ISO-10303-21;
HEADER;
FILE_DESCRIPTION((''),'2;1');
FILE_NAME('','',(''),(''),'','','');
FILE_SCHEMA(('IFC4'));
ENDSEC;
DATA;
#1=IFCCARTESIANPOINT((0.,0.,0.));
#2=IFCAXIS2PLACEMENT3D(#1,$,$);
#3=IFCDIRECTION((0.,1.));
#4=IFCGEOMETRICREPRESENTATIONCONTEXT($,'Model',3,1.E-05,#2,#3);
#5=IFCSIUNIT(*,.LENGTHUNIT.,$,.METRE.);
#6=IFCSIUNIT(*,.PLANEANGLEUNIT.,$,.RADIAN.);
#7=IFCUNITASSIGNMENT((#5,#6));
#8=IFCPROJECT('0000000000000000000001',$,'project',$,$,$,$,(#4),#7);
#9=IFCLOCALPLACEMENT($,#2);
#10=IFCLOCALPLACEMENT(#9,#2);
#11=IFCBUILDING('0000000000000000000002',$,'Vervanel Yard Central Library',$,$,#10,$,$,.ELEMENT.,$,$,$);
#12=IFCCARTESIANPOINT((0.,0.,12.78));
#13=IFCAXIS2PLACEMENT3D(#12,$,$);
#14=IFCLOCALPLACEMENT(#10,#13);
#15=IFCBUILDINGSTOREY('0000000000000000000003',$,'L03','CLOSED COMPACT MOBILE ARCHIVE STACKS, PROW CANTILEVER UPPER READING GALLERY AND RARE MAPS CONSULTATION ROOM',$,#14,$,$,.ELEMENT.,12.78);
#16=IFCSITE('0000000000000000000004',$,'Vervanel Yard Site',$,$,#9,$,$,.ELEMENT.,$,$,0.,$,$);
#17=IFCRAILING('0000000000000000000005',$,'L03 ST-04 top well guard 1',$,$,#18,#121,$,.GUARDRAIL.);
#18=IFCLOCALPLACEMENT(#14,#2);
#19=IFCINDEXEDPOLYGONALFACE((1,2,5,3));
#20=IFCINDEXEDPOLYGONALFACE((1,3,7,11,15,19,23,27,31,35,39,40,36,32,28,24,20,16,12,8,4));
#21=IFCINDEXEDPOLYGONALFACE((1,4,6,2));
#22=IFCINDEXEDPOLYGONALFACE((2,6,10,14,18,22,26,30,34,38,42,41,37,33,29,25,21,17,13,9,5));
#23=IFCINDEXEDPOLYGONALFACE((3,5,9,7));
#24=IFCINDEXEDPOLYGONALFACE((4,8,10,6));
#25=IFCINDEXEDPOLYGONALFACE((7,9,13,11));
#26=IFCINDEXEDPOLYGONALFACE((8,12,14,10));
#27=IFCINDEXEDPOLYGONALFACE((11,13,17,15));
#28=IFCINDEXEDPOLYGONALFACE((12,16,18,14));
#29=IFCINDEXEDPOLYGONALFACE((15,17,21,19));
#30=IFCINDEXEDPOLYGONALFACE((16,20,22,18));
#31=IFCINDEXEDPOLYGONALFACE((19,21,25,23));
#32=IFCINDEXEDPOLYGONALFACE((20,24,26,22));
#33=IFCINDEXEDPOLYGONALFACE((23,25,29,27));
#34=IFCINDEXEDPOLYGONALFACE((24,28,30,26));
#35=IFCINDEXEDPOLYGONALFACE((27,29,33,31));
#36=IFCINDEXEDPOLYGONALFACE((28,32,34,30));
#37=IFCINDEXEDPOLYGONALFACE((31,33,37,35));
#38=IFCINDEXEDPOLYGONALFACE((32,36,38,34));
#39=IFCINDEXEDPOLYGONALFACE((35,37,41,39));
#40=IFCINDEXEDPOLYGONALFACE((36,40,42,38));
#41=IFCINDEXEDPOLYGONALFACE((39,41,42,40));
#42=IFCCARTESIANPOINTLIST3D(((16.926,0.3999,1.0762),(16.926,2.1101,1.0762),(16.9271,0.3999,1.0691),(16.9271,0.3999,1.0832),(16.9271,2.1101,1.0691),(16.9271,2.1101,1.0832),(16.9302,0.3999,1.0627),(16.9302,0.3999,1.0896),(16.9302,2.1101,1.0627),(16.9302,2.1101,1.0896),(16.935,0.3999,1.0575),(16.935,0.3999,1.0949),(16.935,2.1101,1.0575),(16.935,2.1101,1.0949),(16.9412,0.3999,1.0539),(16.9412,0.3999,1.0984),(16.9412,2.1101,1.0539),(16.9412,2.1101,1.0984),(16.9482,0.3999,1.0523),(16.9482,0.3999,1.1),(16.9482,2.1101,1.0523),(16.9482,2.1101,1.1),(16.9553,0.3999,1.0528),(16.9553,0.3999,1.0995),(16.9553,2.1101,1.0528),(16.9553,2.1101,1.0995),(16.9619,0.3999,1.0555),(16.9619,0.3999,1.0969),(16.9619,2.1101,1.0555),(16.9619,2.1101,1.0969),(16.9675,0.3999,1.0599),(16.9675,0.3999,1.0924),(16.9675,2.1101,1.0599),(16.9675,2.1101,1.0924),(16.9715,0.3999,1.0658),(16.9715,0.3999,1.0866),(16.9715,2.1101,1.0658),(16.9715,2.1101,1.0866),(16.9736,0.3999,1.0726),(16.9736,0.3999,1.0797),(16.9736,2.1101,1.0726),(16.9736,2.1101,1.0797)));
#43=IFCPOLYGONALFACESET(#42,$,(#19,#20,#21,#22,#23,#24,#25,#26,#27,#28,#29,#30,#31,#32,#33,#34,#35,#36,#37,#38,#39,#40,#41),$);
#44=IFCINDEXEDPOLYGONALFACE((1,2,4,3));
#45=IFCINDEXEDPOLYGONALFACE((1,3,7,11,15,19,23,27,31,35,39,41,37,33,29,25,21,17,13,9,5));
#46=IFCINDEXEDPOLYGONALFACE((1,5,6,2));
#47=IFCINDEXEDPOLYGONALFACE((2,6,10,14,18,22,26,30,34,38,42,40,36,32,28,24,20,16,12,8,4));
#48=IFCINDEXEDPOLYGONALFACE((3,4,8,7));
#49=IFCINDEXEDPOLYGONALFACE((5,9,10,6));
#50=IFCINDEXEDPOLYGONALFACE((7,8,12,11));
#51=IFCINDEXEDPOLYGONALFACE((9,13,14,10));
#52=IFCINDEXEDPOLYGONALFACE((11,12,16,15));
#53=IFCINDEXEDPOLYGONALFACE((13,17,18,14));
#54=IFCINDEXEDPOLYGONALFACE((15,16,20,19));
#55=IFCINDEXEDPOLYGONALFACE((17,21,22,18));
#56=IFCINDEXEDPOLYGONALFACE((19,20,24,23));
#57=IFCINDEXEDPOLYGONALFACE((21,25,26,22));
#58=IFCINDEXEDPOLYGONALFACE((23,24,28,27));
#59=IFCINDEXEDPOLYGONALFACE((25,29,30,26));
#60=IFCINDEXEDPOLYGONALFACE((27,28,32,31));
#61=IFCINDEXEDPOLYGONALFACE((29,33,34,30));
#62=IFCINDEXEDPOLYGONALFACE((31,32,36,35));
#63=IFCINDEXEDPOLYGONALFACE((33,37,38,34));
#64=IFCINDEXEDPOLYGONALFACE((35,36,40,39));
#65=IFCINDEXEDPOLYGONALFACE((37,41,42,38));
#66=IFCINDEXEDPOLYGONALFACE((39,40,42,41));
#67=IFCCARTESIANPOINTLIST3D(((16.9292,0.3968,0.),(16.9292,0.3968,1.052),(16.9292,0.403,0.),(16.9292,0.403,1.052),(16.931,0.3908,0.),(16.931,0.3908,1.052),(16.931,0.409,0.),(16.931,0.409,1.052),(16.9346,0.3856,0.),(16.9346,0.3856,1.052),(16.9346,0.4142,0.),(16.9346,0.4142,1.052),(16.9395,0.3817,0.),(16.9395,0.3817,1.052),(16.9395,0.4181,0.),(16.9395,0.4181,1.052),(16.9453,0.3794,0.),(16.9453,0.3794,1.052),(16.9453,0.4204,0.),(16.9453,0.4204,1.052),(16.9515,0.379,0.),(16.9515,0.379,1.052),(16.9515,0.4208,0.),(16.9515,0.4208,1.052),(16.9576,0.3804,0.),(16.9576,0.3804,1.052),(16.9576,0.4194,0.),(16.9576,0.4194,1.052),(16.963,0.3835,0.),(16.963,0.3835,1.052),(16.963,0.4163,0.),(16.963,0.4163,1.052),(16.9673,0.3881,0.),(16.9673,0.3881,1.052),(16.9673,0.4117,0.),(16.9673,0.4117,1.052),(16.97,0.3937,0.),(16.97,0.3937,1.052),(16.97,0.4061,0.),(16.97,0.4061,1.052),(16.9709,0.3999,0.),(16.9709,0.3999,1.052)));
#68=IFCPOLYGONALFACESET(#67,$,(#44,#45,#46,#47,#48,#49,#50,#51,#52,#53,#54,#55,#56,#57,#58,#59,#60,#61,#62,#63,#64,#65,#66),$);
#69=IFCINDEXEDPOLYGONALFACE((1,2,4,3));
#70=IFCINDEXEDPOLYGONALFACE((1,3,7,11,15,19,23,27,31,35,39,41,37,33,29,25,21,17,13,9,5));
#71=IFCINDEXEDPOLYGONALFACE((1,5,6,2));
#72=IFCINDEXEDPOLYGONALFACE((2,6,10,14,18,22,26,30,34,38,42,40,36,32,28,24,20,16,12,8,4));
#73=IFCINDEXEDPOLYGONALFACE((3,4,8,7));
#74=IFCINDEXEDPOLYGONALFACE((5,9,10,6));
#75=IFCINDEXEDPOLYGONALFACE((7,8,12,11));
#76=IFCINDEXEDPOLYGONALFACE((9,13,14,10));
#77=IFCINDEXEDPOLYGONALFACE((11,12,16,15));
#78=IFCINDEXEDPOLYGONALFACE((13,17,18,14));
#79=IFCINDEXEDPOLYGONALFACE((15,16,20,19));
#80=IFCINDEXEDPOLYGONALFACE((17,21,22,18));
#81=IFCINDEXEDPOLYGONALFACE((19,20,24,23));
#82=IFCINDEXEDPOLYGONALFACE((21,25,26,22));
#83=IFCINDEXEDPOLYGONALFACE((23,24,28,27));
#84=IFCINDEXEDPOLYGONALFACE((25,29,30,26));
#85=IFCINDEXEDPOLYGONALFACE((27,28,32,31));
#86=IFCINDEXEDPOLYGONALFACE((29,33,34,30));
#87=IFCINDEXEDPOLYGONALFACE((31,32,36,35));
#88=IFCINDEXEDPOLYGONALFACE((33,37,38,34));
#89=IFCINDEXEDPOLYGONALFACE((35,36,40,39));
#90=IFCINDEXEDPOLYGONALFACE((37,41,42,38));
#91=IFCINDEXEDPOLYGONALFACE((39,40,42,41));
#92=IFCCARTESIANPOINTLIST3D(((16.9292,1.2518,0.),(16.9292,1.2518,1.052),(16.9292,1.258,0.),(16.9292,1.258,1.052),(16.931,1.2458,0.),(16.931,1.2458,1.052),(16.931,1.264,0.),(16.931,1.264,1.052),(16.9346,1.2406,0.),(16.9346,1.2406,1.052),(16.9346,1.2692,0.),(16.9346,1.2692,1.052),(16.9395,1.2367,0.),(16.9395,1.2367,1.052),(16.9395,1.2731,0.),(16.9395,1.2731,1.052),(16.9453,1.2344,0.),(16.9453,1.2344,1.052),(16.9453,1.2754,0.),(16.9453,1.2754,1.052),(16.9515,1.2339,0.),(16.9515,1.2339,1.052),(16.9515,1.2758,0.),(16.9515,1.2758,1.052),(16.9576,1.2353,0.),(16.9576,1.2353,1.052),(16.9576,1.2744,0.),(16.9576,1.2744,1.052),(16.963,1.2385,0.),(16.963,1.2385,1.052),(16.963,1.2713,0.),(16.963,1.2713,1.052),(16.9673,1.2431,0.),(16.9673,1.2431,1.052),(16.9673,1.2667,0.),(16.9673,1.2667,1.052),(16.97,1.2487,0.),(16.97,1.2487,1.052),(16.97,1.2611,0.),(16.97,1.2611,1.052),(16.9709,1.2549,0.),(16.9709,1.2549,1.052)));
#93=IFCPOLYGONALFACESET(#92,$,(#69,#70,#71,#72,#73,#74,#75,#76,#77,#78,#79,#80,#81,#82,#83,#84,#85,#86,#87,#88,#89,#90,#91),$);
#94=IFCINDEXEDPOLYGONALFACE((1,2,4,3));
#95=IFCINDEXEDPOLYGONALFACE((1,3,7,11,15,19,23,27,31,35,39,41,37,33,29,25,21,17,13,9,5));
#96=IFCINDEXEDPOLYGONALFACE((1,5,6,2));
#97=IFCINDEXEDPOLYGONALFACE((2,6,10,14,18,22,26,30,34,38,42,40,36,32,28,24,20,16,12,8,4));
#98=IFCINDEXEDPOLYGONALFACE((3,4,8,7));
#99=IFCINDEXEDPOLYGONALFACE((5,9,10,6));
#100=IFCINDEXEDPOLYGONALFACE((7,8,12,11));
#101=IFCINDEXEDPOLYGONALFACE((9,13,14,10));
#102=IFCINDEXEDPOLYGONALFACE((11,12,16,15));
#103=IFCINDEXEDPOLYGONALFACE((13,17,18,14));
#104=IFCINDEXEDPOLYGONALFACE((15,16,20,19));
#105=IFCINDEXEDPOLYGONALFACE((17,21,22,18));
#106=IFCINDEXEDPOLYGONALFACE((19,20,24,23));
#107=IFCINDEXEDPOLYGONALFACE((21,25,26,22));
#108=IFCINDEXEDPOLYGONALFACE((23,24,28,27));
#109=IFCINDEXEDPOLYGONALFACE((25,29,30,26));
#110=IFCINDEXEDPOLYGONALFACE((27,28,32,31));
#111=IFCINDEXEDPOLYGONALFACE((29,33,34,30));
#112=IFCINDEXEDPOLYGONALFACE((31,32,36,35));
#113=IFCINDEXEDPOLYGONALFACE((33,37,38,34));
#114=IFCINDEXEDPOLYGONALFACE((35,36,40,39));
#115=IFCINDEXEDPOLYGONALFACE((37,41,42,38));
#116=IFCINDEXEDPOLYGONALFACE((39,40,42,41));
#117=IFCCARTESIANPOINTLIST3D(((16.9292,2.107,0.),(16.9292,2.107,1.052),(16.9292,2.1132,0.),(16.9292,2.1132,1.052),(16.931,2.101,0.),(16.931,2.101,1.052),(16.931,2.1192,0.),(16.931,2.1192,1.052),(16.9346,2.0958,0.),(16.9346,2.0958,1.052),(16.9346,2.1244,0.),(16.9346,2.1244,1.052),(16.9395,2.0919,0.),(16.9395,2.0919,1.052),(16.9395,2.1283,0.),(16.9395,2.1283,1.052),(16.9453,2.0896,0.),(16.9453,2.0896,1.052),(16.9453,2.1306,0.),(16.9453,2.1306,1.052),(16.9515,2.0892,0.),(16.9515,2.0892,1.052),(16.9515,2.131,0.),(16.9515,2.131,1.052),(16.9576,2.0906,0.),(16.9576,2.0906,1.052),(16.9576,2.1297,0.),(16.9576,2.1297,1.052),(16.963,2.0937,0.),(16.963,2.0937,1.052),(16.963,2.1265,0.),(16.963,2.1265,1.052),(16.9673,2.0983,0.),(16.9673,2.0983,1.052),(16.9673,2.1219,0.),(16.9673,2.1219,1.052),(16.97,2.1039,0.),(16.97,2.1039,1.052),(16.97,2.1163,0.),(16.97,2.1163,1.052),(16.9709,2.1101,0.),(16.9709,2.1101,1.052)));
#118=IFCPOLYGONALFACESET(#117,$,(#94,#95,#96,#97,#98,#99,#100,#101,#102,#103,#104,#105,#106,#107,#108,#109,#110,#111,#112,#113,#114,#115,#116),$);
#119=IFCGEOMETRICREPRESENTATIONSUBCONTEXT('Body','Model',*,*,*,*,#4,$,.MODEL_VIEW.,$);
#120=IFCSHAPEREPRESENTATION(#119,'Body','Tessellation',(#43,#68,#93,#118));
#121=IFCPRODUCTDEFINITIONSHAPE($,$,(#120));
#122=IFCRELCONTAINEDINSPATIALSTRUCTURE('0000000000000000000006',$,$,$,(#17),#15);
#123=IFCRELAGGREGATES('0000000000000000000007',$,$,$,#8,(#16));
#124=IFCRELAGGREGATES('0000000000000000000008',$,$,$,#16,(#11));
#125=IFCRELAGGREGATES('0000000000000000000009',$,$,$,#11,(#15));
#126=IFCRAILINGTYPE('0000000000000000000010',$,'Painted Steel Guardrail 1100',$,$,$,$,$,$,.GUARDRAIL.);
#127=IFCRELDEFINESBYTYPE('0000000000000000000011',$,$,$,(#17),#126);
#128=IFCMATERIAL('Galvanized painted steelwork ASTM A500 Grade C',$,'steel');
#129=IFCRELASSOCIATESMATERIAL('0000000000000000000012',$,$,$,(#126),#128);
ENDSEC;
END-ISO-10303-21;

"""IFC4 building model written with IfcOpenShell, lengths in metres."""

from ifc_helpers import new_model, si_unit, direction, frame, origin, origin_2d, place, context, subcontext, project, spatial, circle, extrude, material, type_object, element, save


model = new_model("IFC4")

# Units and contexts
model_context = context("Model", 3, precision=1e-05, world=origin(), true_north=direction((0.0, 1.0)))
body_context = subcontext(model_context, "Body", "Model", "MODEL_VIEW")
ifc_project = project(units=[si_unit("LENGTHUNIT", "METRE"), si_unit("PLANEANGLEUNIT", "RADIAN")], contexts=[model_context])

# Site, building, storey
site_placement = place(None, origin())
site = spatial("IfcSite", under=ifc_project, at=site_placement, Name="Vervanel Yard Site", CompositionType="ELEMENT", RefElevation=0.0)
building_placement = place(site_placement, origin())
building = spatial("IfcBuilding", under=site, at=building_placement, Name="Vervanel Yard Central Library", CompositionType="ELEMENT")
storey_placement = place(building_placement, frame((0.0, 0.0, 12.78)))
storey = spatial("IfcBuildingStorey", under=building, at=storey_placement, Name="L03", Description="CLOSED COMPACT MOBILE ARCHIVE STACKS, PROW CANTILEVER UPPER READING GALLERY AND RARE MAPS CONSULTATION ROOM", CompositionType="ELEMENT", Elevation=12.78)

# Shared definitions
ifc_material_1 = material(Name="Galvanized painted steelwork ASTM A500 Grade C", Category="steel")

# Railing
railing_type_1 = type_object("IfcRailingType", Name="Painted Steel Guardrail 1100", PredefinedType="GUARDRAIL", material=ifc_material_1)
railing_1_placement = place(storey_placement, frame((16.95, 0.3999, 0.0)))
element("IfcRailing", 1, at=railing_1_placement, inside=storey, type_object=railing_type_1, Name="L03 ST-04 top well guard 1", PredefinedType="GUARDRAIL", context=body_context, shape_type="SweptSolid", body=[
    extrude(circle(Radius=0.0239, at=origin_2d()), frame((0.0, 0.0, 1.0762), z_axis=(0.0, 1.0, 0.0), x_axis=(-1.0, 0.0, 0.0)), (0.0, 0.0, 1.0), 1.7102),
    extrude(circle(Radius=0.021, at=origin_2d()), origin(), (0.0, 0.0, 1.0), 1.052),
    extrude(circle(Radius=0.021, at=origin_2d()), frame((0.0, 0.855, 0.0)), (0.0, 0.0, 1.0), 1.052),
    extrude(circle(Radius=0.021, at=origin_2d()), frame((0.0, 1.7102, 0.0)), (0.0, 0.0, 1.0), 1.052),
])

save(model, "model.ifc")
